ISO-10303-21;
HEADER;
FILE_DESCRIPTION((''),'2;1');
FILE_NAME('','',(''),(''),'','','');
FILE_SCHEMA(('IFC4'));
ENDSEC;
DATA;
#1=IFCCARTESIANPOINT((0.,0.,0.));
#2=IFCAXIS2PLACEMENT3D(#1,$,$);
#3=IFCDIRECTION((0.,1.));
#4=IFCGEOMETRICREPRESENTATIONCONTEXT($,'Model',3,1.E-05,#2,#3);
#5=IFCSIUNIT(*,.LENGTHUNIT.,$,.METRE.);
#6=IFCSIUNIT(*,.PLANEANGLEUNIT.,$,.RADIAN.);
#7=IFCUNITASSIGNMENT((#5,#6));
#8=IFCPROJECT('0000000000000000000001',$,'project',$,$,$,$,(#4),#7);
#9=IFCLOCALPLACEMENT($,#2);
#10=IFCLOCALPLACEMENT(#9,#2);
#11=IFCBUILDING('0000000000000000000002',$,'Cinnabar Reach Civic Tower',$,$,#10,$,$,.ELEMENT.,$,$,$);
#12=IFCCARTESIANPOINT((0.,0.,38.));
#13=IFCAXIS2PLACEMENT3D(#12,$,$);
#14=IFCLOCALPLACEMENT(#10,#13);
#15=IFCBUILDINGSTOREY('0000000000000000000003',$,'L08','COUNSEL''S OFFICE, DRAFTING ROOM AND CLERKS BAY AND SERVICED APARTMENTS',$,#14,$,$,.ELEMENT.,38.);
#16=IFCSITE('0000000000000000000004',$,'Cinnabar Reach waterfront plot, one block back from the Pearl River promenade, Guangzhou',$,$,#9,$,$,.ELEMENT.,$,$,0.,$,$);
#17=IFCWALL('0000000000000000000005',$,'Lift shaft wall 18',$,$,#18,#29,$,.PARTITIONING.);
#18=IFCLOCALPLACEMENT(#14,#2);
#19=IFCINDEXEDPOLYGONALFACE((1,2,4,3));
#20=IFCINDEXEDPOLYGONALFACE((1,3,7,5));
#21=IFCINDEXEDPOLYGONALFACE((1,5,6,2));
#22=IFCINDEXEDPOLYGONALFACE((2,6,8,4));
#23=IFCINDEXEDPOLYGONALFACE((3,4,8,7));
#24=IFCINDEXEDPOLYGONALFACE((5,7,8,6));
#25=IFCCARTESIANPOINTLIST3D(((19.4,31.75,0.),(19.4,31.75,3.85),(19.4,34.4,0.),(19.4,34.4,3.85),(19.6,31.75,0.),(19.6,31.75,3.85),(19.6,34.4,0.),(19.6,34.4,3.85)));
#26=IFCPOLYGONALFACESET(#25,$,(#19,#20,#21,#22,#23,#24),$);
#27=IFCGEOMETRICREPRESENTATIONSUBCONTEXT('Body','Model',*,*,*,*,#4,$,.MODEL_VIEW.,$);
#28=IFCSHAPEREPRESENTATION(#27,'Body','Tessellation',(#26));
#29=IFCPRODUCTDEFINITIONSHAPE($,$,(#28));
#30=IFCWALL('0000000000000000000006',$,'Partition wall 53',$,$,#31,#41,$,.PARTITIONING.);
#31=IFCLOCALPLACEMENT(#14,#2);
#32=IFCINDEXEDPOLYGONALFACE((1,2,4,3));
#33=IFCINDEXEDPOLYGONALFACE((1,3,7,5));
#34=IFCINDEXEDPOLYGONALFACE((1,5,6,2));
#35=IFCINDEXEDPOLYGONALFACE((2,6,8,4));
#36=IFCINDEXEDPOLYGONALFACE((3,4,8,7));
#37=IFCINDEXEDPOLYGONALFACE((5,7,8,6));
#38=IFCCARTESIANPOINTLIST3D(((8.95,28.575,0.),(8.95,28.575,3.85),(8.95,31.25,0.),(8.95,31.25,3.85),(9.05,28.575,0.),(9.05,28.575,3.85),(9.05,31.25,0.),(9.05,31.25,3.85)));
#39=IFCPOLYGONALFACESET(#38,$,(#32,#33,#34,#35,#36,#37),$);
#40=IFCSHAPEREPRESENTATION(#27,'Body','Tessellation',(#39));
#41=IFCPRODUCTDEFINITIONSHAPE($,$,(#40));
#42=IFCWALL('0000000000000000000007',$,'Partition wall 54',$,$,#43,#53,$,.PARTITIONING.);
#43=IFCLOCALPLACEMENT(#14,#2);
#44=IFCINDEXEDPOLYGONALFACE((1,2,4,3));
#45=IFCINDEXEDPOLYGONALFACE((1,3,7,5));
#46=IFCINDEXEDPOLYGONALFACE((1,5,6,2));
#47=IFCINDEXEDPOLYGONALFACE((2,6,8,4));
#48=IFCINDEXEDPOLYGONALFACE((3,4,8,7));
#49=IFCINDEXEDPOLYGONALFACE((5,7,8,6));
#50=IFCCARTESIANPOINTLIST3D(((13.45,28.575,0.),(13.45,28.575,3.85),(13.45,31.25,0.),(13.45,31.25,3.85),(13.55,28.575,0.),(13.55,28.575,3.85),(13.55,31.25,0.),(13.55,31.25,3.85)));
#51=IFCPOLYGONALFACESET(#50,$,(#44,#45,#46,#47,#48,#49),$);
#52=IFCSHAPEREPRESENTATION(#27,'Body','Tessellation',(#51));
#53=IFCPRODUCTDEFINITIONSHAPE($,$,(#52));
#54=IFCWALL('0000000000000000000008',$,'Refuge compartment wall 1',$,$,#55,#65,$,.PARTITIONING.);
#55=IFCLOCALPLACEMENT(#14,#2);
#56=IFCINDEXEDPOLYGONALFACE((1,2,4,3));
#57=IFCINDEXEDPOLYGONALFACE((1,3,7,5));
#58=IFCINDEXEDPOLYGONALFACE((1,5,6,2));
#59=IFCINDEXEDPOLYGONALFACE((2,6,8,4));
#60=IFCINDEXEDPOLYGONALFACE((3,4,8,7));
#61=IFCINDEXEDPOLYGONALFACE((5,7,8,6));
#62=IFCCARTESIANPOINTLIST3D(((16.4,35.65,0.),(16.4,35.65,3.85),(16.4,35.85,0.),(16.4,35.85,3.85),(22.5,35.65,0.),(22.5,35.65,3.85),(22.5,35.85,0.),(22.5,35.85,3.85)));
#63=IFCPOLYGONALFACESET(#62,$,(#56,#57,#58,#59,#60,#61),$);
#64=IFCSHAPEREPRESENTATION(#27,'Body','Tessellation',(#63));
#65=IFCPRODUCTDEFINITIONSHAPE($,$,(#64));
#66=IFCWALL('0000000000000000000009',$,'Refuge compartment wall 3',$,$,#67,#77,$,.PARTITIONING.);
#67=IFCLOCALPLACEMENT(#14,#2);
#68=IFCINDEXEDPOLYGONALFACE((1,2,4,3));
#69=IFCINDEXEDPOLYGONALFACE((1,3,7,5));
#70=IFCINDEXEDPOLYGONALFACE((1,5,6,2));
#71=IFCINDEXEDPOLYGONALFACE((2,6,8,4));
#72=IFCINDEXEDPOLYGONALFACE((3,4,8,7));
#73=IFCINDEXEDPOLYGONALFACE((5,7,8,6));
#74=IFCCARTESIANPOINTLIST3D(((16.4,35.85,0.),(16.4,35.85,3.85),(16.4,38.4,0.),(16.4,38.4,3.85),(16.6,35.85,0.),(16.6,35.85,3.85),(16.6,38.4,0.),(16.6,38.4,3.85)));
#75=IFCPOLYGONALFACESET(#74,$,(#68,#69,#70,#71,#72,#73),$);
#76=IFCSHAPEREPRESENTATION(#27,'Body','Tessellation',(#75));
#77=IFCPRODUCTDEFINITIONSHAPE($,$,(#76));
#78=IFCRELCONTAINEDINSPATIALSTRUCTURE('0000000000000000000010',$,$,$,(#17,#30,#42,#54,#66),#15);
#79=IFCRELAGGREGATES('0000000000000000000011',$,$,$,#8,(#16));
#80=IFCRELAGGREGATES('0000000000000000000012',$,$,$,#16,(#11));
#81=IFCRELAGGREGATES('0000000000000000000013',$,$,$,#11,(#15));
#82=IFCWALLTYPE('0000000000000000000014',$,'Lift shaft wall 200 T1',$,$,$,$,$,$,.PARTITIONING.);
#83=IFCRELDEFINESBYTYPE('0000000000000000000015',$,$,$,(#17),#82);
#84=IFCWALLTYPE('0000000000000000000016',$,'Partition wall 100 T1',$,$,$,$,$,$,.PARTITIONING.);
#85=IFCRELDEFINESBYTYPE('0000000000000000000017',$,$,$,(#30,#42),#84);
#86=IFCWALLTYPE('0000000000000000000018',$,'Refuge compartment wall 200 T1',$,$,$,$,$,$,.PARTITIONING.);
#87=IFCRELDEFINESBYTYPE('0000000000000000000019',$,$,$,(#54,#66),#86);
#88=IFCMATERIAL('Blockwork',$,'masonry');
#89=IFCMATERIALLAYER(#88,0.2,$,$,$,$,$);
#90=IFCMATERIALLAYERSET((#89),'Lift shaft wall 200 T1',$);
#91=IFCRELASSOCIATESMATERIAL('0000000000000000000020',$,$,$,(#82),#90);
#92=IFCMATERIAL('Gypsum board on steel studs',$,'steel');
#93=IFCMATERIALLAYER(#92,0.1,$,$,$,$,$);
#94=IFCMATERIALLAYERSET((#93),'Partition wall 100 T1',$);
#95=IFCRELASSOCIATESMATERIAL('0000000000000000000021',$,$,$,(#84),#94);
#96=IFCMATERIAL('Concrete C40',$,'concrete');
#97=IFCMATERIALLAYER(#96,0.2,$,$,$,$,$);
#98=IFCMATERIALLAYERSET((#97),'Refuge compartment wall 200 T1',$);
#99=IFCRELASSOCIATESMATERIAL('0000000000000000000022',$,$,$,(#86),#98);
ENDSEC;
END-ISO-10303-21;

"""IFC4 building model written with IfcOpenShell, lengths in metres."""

from ifc_helpers import new_model, si_unit, direction, frame, frame_2d, origin, place, context, subcontext, project, spatial, rectangle, extrude, material, layer, layer_set, type_object, element, save


model = new_model("IFC4")

# Units and contexts
model_context = context("Model", 3, precision=1e-05, world=origin(), true_north=direction((0.0, 1.0)))
body_context = subcontext(model_context, "Body", "Model", "MODEL_VIEW")
ifc_project = project(units=[si_unit("LENGTHUNIT", "METRE"), si_unit("PLANEANGLEUNIT", "RADIAN")], contexts=[model_context])

# Site, building, storey
site_placement = place(None, origin())
site = spatial("IfcSite", under=ifc_project, at=site_placement, Name="Cinnabar Reach waterfront plot, one block back from the Pearl River promenade, Guangzhou", CompositionType="ELEMENT", RefElevation=0.0)
building_placement = place(site_placement, origin())
building = spatial("IfcBuilding", under=site, at=building_placement, Name="Cinnabar Reach Civic Tower", CompositionType="ELEMENT")
storey_placement = place(building_placement, frame((0.0, 0.0, 38.0)))
storey = spatial("IfcBuildingStorey", under=building, at=storey_placement, Name="L08", Description="COUNSEL'S OFFICE, DRAFTING ROOM AND CLERKS BAY AND SERVICED APARTMENTS", CompositionType="ELEMENT", Elevation=38.0)

# Shared definitions
ifc_material_1 = material(Name="Blockwork", Category="masonry")
ifc_layer_1 = layer(ifc_material_1, 0.2)
ifc_layer_set_1 = layer_set([ifc_layer_1], Name="Lift shaft wall 200 T1")
wall_type_1 = type_object("IfcWallType", Name="Lift shaft wall 200 T1", PredefinedType="PARTITIONING", material=ifc_layer_set_1)

# Walls
for number, where, z_axis, x_axis, name in (
    (1, (19.5, 31.75, 0.0), (0.0, 0.0, 1.0), (0.0, 1.0, 0.0), "Lift shaft wall 18"),
):
    element("IfcWall", number, at=place(storey_placement, frame(where, z_axis=z_axis, x_axis=x_axis)), inside=storey, type_object=wall_type_1, Name=name, PredefinedType="PARTITIONING", context=body_context, shape_type="SweptSolid", body=[
        extrude(rectangle(XDim=2.65, YDim=0.2, at=frame_2d((1.325, 0.0))), origin(), (0.0, 0.0, 1.0), 3.85),
    ])
ifc_material_2 = material(Name="Gypsum board on steel studs", Category="steel")
ifc_layer_2 = layer(ifc_material_2, 0.1)
ifc_layer_set_2 = layer_set([ifc_layer_2], Name="Partition wall 100 T1")
wall_type_2 = type_object("IfcWallType", Name="Partition wall 100 T1", PredefinedType="PARTITIONING", material=ifc_layer_set_2)
for number, where, z_axis, x_axis, name in (
    (2, (9.0, 28.575, 0.0), (0.0, 0.0, 1.0), (0.0, 1.0, 0.0), "Partition wall 53"),
    (3, (13.5, 28.575, 0.0), (0.0, 0.0, 1.0), (0.0, 1.0, 0.0), "Partition wall 54"),
):
    element("IfcWall", number, at=place(storey_placement, frame(where, z_axis=z_axis, x_axis=x_axis)), inside=storey, type_object=wall_type_2, Name=name, PredefinedType="PARTITIONING", context=body_context, shape_type="SweptSolid", body=[
        extrude(rectangle(XDim=2.675, YDim=0.1, at=frame_2d((1.3375, 0.0))), origin(), (0.0, 0.0, 1.0), 3.85),
    ])
ifc_material_3 = material(Name="Concrete C40", Category="concrete")
ifc_layer_3 = layer(ifc_material_3, 0.2)
ifc_layer_set_3 = layer_set([ifc_layer_3], Name="Refuge compartment wall 200 T1")
wall_type_3 = type_object("IfcWallType", Name="Refuge compartment wall 200 T1", PredefinedType="PARTITIONING", material=ifc_layer_set_3)
wall_1_placement = place(storey_placement, frame((16.4, 35.75, 0.0), z_axis=(0.0, 0.0, 1.0), x_axis=(1.0, 0.0, 0.0)))
element("IfcWall", 4, at=wall_1_placement, inside=storey, type_object=wall_type_3, Name="Refuge compartment wall 1", PredefinedType="PARTITIONING", context=body_context, shape_type="SweptSolid", body=[
    extrude(rectangle(XDim=6.1, YDim=0.2, at=frame_2d((3.05, 0.0))), origin(), (0.0, 0.0, 1.0), 3.85),
])
wall_2_placement = place(storey_placement, frame((16.5, 35.85, 0.0), z_axis=(0.0, 0.0, 1.0), x_axis=(0.0, 1.0, 0.0)))
element("IfcWall", 5, at=wall_2_placement, inside=storey, type_object=wall_type_3, Name="Refuge compartment wall 3", PredefinedType="PARTITIONING", context=body_context, shape_type="SweptSolid", body=[
    extrude(rectangle(XDim=2.55, YDim=0.2, at=frame_2d((1.275, 0.0))), origin(), (0.0, 0.0, 1.0), 3.85),
])

save(model, "model.ifc")
